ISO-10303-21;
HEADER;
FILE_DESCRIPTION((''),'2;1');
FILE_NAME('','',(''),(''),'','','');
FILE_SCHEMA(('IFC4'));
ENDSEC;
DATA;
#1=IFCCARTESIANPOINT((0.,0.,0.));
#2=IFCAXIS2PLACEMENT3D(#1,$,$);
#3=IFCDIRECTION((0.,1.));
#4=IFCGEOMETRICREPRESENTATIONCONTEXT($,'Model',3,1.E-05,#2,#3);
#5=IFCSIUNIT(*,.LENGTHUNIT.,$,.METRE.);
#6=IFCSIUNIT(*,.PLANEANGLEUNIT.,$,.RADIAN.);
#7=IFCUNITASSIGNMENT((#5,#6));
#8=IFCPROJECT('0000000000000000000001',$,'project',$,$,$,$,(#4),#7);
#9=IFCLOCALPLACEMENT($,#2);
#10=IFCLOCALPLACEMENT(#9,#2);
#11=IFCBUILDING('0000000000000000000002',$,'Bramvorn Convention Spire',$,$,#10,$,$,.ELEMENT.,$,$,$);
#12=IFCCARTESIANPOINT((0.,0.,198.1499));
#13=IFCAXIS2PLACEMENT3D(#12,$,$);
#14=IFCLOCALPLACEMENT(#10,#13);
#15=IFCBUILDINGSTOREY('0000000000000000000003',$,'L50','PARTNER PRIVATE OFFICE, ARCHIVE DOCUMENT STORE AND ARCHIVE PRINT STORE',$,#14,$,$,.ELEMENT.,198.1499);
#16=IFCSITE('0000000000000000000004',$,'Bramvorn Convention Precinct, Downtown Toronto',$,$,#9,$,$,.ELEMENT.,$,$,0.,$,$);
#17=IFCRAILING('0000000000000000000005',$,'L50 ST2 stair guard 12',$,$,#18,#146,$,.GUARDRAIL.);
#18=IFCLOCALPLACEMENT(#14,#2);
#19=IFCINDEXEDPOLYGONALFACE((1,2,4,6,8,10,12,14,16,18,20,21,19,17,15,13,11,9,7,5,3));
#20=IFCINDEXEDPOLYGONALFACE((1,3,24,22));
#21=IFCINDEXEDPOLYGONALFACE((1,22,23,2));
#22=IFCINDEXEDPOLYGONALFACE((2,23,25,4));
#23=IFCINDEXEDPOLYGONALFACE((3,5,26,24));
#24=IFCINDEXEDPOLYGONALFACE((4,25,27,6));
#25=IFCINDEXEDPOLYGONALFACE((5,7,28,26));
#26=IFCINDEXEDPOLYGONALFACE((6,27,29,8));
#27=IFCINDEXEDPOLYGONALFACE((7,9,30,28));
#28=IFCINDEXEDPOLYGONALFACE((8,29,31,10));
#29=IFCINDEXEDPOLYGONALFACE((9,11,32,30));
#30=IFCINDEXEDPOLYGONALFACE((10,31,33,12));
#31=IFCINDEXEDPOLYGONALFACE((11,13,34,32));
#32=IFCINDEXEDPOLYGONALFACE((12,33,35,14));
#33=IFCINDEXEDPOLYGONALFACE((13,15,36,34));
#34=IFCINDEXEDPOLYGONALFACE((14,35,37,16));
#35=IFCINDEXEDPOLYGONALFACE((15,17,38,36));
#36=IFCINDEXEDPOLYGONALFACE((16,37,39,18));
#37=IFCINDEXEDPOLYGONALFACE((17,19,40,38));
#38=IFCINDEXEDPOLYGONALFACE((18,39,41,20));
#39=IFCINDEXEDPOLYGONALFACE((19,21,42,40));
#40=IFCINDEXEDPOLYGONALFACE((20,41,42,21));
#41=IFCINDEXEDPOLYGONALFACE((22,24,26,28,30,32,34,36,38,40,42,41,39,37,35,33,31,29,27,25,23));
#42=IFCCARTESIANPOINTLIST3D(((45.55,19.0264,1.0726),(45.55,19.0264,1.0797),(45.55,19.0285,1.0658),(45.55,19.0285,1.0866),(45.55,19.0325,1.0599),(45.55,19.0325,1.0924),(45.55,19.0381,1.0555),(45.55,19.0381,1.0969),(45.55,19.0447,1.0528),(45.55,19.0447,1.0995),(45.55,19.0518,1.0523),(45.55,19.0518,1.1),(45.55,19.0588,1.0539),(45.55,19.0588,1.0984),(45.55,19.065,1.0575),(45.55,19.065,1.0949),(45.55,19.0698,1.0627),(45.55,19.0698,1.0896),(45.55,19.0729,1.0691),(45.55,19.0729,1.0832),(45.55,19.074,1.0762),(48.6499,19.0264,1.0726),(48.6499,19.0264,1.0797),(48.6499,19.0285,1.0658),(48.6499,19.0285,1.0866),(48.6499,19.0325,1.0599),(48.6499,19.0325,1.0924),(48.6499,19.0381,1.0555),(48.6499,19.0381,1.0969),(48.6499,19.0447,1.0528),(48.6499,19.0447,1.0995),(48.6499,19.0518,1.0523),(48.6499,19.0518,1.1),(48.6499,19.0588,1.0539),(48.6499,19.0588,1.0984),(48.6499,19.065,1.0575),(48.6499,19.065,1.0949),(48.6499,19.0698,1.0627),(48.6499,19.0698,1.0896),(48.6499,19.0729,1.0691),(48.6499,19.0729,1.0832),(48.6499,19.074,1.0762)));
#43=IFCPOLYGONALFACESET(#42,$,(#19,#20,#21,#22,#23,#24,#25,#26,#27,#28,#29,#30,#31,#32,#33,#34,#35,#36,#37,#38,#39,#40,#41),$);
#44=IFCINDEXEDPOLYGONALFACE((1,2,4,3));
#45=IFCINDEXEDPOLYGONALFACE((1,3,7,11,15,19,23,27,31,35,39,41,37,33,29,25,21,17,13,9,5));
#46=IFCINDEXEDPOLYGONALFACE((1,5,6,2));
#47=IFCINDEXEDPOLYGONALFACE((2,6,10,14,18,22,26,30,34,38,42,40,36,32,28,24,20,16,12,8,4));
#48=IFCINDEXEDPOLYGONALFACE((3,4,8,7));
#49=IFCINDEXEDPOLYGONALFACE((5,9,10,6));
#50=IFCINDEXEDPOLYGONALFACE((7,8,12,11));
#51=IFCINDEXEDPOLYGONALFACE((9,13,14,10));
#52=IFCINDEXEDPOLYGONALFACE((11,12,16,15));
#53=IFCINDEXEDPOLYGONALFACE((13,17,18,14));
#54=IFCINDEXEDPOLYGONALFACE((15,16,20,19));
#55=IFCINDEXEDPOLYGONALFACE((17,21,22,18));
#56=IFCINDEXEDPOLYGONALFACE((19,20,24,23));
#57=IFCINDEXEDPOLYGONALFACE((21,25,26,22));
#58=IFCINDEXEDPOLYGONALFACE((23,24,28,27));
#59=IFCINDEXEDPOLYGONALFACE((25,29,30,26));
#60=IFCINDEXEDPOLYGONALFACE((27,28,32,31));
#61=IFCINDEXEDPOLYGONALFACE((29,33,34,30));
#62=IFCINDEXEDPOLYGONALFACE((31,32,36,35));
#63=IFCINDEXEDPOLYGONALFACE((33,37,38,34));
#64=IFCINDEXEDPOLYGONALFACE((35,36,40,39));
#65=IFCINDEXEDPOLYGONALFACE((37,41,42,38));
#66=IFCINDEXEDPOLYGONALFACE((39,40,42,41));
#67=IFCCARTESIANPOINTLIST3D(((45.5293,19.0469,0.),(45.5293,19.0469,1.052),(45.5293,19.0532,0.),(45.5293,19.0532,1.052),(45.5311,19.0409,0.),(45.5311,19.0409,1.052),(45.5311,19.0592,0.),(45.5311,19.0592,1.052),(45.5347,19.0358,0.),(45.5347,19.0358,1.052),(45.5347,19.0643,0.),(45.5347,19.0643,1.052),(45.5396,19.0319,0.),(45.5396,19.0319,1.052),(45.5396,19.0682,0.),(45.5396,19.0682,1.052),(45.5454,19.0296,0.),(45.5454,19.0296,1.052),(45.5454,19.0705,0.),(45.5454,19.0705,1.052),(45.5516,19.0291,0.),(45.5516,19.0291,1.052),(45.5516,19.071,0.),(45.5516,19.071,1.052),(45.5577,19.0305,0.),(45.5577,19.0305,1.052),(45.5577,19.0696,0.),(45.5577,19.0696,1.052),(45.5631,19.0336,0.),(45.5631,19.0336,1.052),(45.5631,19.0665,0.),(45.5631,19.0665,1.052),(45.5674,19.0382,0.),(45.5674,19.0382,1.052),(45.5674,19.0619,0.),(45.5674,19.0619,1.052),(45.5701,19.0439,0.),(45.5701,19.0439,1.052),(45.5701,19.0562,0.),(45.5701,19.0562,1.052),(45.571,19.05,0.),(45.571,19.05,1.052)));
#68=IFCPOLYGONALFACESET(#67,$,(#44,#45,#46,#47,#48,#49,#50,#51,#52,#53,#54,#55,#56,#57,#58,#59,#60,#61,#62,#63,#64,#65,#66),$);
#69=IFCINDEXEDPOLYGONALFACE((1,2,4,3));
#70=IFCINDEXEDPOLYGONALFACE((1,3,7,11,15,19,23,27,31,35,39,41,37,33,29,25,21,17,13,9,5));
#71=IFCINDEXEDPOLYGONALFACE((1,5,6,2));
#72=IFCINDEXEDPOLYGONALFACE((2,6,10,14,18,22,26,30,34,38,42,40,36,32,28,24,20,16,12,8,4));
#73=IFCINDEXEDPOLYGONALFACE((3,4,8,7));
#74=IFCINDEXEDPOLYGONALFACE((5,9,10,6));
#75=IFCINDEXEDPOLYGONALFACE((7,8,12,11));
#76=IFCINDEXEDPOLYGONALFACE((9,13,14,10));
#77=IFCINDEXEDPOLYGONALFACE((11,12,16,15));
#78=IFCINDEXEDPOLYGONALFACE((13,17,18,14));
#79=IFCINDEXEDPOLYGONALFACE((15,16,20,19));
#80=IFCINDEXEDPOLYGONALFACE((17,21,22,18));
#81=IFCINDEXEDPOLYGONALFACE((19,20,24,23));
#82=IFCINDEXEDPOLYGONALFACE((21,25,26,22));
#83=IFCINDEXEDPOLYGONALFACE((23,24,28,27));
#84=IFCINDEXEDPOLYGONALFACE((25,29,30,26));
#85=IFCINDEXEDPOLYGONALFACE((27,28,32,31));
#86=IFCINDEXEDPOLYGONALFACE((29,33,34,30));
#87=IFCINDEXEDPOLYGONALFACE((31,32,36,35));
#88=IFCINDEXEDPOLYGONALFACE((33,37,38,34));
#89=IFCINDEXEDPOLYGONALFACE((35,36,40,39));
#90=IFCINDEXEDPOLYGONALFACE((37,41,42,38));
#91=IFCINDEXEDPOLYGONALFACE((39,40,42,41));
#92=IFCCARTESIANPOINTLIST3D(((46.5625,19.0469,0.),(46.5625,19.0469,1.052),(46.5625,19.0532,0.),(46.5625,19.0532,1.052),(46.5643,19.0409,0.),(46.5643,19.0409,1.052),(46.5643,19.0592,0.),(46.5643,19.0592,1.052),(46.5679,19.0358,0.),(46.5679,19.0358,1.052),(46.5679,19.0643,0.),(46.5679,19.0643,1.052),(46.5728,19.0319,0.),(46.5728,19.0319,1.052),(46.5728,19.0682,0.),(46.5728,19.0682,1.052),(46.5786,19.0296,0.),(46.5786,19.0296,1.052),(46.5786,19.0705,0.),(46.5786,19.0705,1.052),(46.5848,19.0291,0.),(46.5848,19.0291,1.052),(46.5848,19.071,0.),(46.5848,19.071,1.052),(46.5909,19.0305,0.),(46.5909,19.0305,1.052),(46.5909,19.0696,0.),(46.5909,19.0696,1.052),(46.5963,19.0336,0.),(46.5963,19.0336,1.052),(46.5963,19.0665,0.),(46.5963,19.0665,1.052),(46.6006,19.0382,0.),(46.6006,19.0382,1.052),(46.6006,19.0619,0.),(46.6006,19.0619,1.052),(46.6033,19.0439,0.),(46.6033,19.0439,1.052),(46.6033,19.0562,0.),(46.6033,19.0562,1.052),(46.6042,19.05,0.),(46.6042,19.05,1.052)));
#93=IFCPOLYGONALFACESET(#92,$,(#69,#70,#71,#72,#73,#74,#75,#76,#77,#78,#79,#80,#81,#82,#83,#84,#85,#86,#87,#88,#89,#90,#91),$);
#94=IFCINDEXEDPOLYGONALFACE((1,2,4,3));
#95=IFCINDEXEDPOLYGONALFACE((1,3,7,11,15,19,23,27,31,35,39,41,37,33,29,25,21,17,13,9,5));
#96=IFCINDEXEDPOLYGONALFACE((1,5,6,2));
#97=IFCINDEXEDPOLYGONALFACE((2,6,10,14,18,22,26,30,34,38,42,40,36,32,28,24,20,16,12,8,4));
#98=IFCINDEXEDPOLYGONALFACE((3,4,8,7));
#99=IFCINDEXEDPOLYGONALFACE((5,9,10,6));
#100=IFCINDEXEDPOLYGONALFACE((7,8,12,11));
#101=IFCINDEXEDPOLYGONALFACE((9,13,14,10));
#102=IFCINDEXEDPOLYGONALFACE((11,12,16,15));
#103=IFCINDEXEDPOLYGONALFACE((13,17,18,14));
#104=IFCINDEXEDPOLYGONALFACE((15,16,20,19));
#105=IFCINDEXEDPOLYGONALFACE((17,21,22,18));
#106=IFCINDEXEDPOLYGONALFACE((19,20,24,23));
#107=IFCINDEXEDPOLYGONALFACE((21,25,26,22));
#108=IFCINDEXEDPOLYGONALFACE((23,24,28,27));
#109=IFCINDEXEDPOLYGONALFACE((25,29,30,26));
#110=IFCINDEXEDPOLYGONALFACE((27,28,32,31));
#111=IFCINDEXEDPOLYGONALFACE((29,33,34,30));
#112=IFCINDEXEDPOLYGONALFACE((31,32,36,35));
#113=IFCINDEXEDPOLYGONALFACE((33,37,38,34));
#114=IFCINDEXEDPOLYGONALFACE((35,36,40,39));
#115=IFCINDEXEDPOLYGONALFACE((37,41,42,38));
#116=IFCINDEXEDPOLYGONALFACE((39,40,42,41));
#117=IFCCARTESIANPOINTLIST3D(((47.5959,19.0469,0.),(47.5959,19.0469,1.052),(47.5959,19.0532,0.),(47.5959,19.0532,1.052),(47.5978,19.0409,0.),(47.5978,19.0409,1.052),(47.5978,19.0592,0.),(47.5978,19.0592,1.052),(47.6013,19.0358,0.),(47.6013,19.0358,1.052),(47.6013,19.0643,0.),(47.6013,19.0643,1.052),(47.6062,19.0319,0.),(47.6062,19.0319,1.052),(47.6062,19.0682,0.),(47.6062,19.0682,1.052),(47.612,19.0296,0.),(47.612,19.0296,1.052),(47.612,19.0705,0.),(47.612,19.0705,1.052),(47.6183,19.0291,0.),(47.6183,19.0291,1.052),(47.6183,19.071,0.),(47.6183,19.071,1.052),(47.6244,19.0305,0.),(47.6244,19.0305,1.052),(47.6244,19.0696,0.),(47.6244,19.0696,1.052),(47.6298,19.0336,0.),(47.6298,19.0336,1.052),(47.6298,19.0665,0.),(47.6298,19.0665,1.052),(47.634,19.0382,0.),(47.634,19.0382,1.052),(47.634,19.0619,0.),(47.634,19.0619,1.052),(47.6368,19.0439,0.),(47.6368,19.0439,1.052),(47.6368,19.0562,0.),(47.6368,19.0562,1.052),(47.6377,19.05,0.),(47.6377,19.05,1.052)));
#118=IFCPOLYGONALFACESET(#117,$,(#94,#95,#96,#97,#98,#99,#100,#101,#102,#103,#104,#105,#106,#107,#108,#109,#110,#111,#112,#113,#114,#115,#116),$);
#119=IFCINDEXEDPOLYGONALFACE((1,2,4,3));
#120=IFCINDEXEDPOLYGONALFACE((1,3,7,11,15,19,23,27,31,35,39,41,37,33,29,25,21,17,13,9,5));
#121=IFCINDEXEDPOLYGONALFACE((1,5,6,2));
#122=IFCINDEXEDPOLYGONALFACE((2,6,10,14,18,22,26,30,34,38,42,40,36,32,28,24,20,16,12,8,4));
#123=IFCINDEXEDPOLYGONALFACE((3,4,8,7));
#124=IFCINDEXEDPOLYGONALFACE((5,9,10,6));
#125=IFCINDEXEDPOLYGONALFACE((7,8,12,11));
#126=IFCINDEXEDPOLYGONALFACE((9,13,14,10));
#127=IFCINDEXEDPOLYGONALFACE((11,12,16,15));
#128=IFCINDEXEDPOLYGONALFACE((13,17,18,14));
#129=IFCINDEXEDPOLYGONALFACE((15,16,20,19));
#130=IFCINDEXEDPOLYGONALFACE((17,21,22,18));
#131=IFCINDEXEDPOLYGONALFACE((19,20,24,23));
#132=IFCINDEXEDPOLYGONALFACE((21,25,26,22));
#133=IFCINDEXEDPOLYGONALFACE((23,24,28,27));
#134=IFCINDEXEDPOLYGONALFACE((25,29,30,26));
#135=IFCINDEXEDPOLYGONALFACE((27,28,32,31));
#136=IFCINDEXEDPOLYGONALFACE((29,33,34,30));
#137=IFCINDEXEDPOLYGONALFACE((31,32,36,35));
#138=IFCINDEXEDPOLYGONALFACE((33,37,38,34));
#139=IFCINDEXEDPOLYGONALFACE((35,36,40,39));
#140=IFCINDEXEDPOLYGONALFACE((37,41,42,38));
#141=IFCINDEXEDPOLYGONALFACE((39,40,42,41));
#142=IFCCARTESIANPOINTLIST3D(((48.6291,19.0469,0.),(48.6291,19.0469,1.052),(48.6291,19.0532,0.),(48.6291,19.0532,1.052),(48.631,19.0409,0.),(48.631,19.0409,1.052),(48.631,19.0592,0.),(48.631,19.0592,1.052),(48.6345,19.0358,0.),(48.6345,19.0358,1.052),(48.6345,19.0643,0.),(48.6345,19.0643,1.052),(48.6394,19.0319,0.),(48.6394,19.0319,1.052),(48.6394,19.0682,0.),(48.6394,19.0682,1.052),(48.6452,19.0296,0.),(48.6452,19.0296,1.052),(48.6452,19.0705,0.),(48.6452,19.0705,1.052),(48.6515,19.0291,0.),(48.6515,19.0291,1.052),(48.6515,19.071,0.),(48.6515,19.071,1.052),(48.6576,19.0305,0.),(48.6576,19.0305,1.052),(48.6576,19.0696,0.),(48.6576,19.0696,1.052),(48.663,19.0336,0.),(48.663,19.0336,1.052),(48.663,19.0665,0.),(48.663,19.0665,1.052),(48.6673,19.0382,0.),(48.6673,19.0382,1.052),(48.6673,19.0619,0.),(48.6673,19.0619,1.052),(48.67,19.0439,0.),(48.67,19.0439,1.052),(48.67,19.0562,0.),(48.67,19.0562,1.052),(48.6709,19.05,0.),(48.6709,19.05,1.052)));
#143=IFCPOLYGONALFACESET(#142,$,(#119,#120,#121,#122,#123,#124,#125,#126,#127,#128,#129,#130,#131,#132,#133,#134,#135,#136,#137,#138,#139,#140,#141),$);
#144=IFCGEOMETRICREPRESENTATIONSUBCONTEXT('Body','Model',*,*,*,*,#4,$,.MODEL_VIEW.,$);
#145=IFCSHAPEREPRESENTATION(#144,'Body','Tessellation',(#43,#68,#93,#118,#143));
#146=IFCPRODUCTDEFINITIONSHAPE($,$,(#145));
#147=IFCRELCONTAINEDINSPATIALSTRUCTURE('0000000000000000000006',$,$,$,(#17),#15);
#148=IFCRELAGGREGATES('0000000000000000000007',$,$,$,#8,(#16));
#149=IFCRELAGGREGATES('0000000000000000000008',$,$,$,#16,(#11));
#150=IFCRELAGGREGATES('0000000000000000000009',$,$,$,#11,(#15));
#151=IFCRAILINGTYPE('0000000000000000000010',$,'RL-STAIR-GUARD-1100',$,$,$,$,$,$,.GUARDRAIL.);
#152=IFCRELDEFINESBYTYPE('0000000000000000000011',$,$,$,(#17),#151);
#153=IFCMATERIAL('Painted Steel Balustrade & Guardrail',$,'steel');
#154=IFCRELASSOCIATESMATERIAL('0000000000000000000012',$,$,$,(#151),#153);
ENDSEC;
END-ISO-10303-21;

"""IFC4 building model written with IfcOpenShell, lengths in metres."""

from ifc_helpers import new_model, si_unit, direction, frame, origin, origin_2d, place, context, subcontext, project, spatial, circle, extrude, material, type_object, element, save


model = new_model("IFC4")

# Units and contexts
model_context = context("Model", 3, precision=1e-05, world=origin(), true_north=direction((0.0, 1.0)))
body_context = subcontext(model_context, "Body", "Model", "MODEL_VIEW")
ifc_project = project(units=[si_unit("LENGTHUNIT", "METRE"), si_unit("PLANEANGLEUNIT", "RADIAN")], contexts=[model_context])

# Site, building, storey
site_placement = place(None, origin())
site = spatial("IfcSite", under=ifc_project, at=site_placement, Name="Bramvorn Convention Precinct, Downtown Toronto", CompositionType="ELEMENT", RefElevation=0.0)
building_placement = place(site_placement, origin())
building = spatial("IfcBuilding", under=site, at=building_placement, Name="Bramvorn Convention Spire", CompositionType="ELEMENT")
storey_placement = place(building_placement, frame((0.0, 0.0, 198.1499)))
storey = spatial("IfcBuildingStorey", under=building, at=storey_placement, Name="L50", Description="PARTNER PRIVATE OFFICE, ARCHIVE DOCUMENT STORE AND ARCHIVE PRINT STORE", CompositionType="ELEMENT", Elevation=198.1499)

# Railing
ifc_material_1 = material(Name="Painted Steel Balustrade & Guardrail", Category="steel")
railing_type_1 = type_object("IfcRailingType", Name="RL-STAIR-GUARD-1100", PredefinedType="GUARDRAIL", material=ifc_material_1)
railing_1_placement = place(storey_placement, frame((45.55, 19.05, 0.0)))
element("IfcRailing", 1, at=railing_1_placement, inside=storey, type_object=railing_type_1, Name="L50 ST2 stair guard 12", PredefinedType="GUARDRAIL", context=body_context, shape_type="SweptSolid", body=[
    extrude(circle(Radius=0.0239, at=origin_2d()), frame((0.0, 0.0, 1.0762), z_axis=(1.0, 0.0, 0.0), x_axis=(0.0, 1.0, 0.0)), (0.0, 0.0, 1.0), 3.0999),
    extrude(circle(Radius=0.021, at=origin_2d()), origin(), (0.0, 0.0, 1.0), 1.052),
    extrude(circle(Radius=0.021, at=origin_2d()), frame((1.0332, 0.0, 0.0)), (0.0, 0.0, 1.0), 1.052),
    extrude(circle(Radius=0.021, at=origin_2d()), frame((2.0667, 0.0, 0.0)), (0.0, 0.0, 1.0), 1.052),
    extrude(circle(Radius=0.021, at=origin_2d()), frame((3.0999, 0.0, 0.0)), (0.0, 0.0, 1.0), 1.052),
])

save(model, "model.ifc")
